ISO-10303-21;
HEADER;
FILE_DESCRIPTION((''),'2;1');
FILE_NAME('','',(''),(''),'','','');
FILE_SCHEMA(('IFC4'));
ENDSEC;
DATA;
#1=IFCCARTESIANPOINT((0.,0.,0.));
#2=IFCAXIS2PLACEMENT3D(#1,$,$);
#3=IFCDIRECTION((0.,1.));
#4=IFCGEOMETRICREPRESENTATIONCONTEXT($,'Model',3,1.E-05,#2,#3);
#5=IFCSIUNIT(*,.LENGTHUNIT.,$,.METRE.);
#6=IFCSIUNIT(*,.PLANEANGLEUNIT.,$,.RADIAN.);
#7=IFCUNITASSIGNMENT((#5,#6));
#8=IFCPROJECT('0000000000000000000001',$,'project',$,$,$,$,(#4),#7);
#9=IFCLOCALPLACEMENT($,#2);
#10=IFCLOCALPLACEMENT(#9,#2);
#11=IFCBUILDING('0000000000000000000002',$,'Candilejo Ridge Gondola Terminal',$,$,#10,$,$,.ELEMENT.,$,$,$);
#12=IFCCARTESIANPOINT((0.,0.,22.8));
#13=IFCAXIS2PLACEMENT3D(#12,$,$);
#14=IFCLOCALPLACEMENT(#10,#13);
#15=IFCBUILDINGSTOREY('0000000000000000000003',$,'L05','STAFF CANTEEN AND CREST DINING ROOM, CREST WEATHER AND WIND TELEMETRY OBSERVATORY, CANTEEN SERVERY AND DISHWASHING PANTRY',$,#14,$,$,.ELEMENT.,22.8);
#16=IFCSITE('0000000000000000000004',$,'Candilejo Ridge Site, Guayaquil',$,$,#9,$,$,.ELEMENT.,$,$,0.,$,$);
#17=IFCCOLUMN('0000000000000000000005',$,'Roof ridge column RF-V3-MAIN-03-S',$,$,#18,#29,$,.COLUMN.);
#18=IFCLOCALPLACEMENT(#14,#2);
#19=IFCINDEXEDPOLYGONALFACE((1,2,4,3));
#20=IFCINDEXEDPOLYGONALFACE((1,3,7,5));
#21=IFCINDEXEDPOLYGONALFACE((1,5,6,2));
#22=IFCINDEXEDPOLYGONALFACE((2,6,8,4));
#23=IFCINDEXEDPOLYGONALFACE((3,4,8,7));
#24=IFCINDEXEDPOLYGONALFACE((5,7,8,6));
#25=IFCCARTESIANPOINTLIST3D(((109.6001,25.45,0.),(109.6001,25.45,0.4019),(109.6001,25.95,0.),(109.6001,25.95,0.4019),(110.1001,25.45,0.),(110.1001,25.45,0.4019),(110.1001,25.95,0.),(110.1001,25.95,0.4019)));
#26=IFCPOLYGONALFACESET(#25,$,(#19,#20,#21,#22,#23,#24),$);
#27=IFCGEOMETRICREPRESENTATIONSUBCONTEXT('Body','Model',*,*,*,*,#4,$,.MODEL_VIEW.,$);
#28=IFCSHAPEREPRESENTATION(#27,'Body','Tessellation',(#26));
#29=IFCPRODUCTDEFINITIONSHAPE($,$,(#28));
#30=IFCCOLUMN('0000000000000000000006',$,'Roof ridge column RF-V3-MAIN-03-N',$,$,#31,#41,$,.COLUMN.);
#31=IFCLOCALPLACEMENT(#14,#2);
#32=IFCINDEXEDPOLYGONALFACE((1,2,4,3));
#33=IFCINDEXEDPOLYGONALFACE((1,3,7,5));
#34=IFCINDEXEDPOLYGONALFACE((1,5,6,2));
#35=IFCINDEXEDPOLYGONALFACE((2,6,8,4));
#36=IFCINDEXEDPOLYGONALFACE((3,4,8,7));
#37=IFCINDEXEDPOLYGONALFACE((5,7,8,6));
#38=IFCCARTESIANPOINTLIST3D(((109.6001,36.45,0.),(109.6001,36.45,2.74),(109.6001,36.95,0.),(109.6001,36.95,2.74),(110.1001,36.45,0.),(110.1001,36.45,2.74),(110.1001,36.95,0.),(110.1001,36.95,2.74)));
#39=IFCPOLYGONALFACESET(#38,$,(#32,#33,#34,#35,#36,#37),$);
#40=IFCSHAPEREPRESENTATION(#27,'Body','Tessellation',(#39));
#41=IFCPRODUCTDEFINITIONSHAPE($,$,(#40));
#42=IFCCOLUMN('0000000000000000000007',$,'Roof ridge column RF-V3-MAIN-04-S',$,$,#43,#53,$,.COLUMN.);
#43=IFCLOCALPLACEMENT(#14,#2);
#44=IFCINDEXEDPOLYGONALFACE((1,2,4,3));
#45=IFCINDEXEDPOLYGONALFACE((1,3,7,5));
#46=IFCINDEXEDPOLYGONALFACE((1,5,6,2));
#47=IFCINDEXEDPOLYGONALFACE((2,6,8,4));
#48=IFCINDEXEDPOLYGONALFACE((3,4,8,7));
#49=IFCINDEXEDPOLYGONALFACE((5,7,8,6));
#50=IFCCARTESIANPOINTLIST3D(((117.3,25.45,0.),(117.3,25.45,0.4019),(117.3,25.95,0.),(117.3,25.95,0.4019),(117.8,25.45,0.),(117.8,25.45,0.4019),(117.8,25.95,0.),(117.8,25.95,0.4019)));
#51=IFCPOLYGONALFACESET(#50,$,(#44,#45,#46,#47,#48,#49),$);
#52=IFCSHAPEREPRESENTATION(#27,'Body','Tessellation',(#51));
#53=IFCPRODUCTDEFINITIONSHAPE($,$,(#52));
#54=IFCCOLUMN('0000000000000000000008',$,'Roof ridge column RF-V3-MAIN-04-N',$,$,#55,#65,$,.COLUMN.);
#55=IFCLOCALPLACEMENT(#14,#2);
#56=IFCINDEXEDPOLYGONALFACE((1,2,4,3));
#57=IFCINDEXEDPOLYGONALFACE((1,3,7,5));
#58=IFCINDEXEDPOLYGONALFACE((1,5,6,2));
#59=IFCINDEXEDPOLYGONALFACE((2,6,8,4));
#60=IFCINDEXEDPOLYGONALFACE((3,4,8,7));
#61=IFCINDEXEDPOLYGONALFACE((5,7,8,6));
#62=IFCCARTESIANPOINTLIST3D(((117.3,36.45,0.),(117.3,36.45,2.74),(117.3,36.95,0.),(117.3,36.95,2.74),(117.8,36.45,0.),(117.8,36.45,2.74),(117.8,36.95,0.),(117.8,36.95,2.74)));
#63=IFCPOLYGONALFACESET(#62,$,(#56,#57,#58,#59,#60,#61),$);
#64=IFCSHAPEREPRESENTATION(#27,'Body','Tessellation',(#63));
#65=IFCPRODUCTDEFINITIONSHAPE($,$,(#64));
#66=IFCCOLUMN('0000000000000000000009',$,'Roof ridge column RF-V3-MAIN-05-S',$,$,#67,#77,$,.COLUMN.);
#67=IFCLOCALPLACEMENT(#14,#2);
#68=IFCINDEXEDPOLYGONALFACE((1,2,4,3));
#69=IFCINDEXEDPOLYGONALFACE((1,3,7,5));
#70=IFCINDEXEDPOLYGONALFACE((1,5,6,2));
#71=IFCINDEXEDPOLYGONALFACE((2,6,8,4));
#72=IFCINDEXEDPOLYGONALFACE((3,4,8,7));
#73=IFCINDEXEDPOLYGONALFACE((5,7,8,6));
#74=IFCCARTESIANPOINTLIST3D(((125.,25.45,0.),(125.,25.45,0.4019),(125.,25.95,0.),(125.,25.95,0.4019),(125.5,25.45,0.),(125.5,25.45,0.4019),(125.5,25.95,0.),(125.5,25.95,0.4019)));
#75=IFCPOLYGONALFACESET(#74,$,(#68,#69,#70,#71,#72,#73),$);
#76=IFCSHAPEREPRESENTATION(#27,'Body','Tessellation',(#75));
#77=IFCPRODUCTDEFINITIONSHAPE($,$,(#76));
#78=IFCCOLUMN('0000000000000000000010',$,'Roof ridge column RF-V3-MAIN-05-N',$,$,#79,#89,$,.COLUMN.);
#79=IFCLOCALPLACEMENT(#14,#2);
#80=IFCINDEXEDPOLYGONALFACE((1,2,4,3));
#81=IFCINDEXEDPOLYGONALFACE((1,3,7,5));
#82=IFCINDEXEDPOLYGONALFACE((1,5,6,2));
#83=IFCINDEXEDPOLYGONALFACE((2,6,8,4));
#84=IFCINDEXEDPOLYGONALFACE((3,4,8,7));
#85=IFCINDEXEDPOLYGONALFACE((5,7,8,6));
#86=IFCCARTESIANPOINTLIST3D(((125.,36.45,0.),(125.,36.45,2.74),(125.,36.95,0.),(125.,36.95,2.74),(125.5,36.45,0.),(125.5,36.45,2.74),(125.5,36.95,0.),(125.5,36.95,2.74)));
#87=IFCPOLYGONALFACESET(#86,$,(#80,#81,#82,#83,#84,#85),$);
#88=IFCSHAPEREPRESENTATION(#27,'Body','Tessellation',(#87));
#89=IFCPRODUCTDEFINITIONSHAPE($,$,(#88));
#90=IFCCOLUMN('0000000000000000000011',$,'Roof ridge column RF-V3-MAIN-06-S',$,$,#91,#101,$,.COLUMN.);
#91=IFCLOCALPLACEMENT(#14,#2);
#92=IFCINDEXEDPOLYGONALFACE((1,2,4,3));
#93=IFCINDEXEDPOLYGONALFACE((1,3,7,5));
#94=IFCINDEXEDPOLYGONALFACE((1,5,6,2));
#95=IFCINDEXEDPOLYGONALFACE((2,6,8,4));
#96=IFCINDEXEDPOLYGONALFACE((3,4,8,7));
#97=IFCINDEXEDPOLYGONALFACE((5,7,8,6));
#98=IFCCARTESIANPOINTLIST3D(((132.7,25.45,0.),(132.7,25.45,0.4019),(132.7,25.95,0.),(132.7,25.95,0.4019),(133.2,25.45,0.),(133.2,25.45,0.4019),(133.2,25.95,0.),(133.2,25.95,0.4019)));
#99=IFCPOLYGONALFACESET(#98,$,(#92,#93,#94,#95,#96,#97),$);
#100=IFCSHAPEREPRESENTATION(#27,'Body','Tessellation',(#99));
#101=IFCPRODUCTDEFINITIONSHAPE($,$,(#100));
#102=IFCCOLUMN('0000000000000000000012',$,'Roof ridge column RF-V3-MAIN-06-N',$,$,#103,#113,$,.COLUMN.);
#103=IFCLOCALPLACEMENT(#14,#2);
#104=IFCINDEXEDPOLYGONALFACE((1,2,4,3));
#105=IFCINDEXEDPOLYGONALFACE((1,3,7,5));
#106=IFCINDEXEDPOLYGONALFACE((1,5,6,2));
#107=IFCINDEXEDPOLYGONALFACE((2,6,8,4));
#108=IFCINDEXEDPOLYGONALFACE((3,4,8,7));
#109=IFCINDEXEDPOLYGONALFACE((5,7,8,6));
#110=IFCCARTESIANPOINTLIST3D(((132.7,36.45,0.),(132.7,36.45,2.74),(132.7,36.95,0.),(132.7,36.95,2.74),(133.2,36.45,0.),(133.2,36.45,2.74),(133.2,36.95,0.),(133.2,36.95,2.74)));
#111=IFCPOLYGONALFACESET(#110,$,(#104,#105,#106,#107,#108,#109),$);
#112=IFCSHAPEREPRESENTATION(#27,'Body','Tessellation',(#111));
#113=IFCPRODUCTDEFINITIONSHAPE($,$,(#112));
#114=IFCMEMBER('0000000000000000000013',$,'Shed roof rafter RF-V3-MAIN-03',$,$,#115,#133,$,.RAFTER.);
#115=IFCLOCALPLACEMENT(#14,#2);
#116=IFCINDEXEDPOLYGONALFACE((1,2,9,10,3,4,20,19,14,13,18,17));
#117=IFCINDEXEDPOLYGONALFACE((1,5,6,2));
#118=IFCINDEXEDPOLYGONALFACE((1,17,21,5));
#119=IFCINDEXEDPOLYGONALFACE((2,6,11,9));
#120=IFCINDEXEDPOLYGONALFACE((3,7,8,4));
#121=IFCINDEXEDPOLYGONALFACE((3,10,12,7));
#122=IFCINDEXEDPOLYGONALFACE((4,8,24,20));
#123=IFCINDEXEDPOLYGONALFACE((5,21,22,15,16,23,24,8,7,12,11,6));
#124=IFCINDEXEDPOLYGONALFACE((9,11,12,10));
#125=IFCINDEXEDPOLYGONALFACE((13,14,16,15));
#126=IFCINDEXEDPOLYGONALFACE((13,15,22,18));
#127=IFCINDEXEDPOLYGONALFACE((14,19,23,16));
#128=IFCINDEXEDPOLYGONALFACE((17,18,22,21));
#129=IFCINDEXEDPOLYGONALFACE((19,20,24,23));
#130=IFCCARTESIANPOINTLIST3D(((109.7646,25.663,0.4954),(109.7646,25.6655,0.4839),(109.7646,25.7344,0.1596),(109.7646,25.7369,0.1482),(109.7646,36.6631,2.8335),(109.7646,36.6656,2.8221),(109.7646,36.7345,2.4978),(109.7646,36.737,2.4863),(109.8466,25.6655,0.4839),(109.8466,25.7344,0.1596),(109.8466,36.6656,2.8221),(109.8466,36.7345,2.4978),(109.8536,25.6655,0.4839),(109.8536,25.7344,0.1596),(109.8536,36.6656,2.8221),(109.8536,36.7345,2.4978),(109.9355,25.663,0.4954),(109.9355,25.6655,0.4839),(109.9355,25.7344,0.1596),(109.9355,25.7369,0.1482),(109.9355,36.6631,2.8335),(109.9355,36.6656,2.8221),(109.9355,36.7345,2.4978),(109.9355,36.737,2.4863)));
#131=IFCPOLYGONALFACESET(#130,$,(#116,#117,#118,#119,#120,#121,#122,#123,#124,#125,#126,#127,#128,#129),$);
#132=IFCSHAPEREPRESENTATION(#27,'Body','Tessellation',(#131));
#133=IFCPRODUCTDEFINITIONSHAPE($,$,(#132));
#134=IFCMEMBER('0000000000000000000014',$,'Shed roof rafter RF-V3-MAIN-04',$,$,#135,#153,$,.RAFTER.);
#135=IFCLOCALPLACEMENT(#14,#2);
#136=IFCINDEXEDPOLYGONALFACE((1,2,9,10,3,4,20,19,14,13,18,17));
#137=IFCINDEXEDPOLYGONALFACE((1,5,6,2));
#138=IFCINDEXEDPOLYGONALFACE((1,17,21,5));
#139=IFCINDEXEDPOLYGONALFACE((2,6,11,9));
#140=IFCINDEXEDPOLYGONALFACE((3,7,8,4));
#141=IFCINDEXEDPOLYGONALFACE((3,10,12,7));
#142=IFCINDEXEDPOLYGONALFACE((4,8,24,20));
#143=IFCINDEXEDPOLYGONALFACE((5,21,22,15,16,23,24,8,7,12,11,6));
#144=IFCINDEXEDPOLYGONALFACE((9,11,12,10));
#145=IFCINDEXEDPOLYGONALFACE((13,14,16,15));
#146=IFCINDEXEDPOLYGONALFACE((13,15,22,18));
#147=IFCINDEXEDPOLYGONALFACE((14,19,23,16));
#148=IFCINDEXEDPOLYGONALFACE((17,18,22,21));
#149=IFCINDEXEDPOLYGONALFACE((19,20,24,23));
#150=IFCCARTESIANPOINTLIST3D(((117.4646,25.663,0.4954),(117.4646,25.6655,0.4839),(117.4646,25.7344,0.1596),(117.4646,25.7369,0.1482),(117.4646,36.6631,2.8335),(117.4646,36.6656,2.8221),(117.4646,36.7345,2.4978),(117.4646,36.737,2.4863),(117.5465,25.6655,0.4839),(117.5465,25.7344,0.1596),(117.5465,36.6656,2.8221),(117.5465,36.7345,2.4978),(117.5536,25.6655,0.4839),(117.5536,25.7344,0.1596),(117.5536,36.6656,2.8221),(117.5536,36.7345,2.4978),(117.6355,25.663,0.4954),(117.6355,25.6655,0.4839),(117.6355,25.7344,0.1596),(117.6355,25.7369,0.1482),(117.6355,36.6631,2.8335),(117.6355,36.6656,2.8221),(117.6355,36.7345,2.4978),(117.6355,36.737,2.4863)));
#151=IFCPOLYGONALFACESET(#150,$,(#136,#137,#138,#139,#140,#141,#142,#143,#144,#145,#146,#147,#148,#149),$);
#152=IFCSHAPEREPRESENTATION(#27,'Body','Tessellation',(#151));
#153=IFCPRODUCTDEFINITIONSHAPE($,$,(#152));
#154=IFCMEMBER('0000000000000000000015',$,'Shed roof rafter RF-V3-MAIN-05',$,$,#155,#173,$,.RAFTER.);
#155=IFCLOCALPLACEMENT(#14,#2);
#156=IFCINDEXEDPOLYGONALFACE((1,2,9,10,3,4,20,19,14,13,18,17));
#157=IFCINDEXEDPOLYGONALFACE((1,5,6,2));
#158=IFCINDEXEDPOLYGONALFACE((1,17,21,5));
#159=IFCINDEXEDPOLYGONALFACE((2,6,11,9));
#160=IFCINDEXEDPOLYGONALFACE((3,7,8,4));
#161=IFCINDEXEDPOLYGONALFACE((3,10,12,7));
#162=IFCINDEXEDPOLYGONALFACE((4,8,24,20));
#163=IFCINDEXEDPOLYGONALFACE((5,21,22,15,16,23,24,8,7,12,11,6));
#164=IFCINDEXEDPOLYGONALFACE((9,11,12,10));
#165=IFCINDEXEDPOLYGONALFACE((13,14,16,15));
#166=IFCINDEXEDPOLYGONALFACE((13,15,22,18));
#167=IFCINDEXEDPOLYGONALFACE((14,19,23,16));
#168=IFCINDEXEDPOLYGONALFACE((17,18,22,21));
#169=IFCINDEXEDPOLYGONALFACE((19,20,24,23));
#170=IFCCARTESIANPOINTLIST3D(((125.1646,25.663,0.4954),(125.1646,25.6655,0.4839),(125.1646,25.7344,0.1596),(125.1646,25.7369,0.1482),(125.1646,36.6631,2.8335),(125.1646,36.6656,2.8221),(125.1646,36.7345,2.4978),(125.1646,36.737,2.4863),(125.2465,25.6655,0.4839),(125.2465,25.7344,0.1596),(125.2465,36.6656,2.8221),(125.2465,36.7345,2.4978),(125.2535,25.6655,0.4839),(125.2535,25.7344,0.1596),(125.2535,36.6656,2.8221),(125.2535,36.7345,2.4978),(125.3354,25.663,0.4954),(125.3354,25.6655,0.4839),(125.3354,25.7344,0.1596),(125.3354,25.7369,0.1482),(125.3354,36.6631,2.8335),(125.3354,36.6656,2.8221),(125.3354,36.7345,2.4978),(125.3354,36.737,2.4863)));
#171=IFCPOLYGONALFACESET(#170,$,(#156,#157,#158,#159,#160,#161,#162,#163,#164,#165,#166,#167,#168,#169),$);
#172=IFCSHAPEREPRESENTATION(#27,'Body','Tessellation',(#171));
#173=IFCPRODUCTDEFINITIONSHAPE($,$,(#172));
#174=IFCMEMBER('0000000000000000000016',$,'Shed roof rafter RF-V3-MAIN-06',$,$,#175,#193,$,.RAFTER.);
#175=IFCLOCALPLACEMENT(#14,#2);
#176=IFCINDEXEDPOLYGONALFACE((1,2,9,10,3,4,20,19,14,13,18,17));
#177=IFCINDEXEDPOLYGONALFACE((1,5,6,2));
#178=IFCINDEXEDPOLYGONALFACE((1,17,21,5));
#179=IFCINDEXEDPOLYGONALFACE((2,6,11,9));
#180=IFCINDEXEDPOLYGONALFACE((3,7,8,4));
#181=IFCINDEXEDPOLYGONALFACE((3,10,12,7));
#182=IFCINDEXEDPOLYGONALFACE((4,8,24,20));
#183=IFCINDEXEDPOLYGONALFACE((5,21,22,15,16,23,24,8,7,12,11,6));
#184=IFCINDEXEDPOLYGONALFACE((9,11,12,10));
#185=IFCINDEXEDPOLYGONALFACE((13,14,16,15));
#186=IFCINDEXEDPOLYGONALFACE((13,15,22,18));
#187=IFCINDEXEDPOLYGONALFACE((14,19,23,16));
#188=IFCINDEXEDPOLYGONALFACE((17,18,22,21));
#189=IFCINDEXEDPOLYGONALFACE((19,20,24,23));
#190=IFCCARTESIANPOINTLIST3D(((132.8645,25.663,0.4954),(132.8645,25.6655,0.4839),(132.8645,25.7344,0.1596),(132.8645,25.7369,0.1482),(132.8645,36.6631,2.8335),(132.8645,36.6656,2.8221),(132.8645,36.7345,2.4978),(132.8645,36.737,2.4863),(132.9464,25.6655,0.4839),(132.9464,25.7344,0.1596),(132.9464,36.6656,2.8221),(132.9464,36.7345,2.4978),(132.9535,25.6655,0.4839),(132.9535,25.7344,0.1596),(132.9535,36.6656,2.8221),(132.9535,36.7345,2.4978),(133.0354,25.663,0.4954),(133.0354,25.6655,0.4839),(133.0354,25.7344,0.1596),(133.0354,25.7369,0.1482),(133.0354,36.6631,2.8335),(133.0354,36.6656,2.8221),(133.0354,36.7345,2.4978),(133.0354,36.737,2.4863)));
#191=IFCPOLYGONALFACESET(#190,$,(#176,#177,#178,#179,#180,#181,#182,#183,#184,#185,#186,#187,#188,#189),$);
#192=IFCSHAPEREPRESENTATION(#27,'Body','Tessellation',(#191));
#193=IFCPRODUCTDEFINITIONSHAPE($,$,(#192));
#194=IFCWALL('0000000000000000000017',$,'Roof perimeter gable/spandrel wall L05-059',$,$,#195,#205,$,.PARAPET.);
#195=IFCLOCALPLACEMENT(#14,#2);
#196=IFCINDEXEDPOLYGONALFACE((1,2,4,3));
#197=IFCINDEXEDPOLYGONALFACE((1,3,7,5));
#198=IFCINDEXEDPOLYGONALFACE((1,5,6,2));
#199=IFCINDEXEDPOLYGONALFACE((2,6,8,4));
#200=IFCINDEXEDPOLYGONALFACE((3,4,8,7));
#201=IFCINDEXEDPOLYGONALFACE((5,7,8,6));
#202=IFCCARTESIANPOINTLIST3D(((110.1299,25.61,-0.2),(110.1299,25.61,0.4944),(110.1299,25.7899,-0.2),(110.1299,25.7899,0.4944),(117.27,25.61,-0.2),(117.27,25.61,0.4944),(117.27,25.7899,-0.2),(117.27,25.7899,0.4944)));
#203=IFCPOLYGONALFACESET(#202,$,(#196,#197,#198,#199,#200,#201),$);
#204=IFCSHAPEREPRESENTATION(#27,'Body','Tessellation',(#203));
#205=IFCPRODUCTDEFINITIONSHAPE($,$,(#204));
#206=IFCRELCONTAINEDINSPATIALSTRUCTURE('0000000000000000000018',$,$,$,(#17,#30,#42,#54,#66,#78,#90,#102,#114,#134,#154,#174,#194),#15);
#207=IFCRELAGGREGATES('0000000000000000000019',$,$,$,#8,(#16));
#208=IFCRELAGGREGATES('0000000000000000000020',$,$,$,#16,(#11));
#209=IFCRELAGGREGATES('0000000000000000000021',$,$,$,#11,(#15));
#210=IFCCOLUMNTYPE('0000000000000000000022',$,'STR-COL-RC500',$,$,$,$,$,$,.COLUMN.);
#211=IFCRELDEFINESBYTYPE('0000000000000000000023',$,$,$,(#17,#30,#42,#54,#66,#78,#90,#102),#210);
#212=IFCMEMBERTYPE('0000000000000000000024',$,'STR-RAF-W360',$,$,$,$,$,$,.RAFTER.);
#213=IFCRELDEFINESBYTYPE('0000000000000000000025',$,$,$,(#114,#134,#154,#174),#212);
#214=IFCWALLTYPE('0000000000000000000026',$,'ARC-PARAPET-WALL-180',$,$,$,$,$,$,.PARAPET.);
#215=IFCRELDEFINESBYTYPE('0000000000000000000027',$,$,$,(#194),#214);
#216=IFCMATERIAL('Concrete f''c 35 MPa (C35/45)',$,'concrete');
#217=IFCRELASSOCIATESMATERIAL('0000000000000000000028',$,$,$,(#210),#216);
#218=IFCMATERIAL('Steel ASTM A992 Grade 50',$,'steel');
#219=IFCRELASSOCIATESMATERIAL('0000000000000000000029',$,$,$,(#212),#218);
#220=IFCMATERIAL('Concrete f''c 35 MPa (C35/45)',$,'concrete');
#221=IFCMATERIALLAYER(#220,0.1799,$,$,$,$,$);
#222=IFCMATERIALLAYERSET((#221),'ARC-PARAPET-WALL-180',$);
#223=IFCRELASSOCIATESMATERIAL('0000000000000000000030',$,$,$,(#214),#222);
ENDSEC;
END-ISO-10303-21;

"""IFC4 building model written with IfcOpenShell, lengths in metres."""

from ifc_helpers import new_model, si_unit, direction, frame, frame_2d, origin, origin_2d, place, context, subcontext, project, spatial, rectangle, i_section, extrude, material, layer, layer_set, material_profile, profile_set, type_object, element, save


model = new_model("IFC4")

# Units and contexts
model_context = context("Model", 3, precision=1e-05, world=origin(), true_north=direction((0.0, 1.0)))
body_context = subcontext(model_context, "Body", "Model", "MODEL_VIEW")
ifc_project = project(units=[si_unit("LENGTHUNIT", "METRE"), si_unit("PLANEANGLEUNIT", "RADIAN")], contexts=[model_context])

# Site, building, storey
site_placement = place(None, origin())
site = spatial("IfcSite", under=ifc_project, at=site_placement, Name="Candilejo Ridge Site, Guayaquil", CompositionType="ELEMENT", RefElevation=0.0)
building_placement = place(site_placement, origin())
building = spatial("IfcBuilding", under=site, at=building_placement, Name="Candilejo Ridge Gondola Terminal", CompositionType="ELEMENT")
storey_placement = place(building_placement, frame((0.0, 0.0, 22.8)))
storey = spatial("IfcBuildingStorey", under=building, at=storey_placement, Name="L05", Description="STAFF CANTEEN AND CREST DINING ROOM, CREST WEATHER AND WIND TELEMETRY OBSERVATORY, CANTEEN SERVERY AND DISHWASHING PANTRY", CompositionType="ELEMENT", Elevation=22.8)

# Columns
ifc_material_1 = material(Name="Concrete f'c 35 MPa (C35/45)", Category="concrete")
ifc_material_profile_1 = material_profile(ifc_material_1, rectangle(XDim=0.5, YDim=0.5, at=origin_2d()))
ifc_profile_set_1 = profile_set([ifc_material_profile_1], Name="Concrete f'c 35 MPa (C35/45)")
column_type = type_object("IfcColumnType", Name="STR-COL-RC500", PredefinedType="COLUMN", material=ifc_profile_set_1)
column_1_placement = place(storey_placement, frame((109.8501, 25.7, 0.0), z_axis=(0.0, 0.0, 1.0), x_axis=(1.0, 0.0, 0.0)))
element("IfcColumn", 1, at=column_1_placement, inside=storey, type_object=column_type, Name="Roof ridge column RF-V3-MAIN-03-S", PredefinedType="COLUMN", context=body_context, shape_type="SweptSolid", body=[
    extrude(rectangle(XDim=0.5, YDim=0.5, at=origin_2d()), origin(), (0.0, 0.0, 1.0), 0.4019),
])
column_2_placement = place(storey_placement, frame((109.8501, 36.7, 0.0), z_axis=(0.0, 0.0, 1.0), x_axis=(1.0, 0.0, 0.0)))
element("IfcColumn", 2, at=column_2_placement, inside=storey, type_object=column_type, Name="Roof ridge column RF-V3-MAIN-03-N", PredefinedType="COLUMN", context=body_context, shape_type="SweptSolid", body=[
    extrude(rectangle(XDim=0.5, YDim=0.5, at=origin_2d()), origin(), (0.0, 0.0, 1.0), 2.74),
])
column_3_placement = place(storey_placement, frame((117.55, 25.7, 0.0), z_axis=(0.0, 0.0, 1.0), x_axis=(1.0, 0.0, 0.0)))
element("IfcColumn", 3, at=column_3_placement, inside=storey, type_object=column_type, Name="Roof ridge column RF-V3-MAIN-04-S", PredefinedType="COLUMN", context=body_context, shape_type="SweptSolid", body=[
    extrude(rectangle(XDim=0.5, YDim=0.5, at=origin_2d()), origin(), (0.0, 0.0, 1.0), 0.4019),
])
column_4_placement = place(storey_placement, frame((117.55, 36.7, 0.0), z_axis=(0.0, 0.0, 1.0), x_axis=(1.0, 0.0, 0.0)))
element("IfcColumn", 4, at=column_4_placement, inside=storey, type_object=column_type, Name="Roof ridge column RF-V3-MAIN-04-N", PredefinedType="COLUMN", context=body_context, shape_type="SweptSolid", body=[
    extrude(rectangle(XDim=0.5, YDim=0.5, at=origin_2d()), origin(), (0.0, 0.0, 1.0), 2.74),
])
column_5_placement = place(storey_placement, frame((125.25, 25.7, 0.0), z_axis=(0.0, 0.0, 1.0), x_axis=(1.0, 0.0, 0.0)))
element("IfcColumn", 5, at=column_5_placement, inside=storey, type_object=column_type, Name="Roof ridge column RF-V3-MAIN-05-S", PredefinedType="COLUMN", context=body_context, shape_type="SweptSolid", body=[
    extrude(rectangle(XDim=0.5, YDim=0.5, at=origin_2d()), origin(), (0.0, 0.0, 1.0), 0.4019),
])
column_6_placement = place(storey_placement, frame((125.25, 36.7, 0.0), z_axis=(0.0, 0.0, 1.0), x_axis=(1.0, 0.0, 0.0)))
element("IfcColumn", 6, at=column_6_placement, inside=storey, type_object=column_type, Name="Roof ridge column RF-V3-MAIN-05-N", PredefinedType="COLUMN", context=body_context, shape_type="SweptSolid", body=[
    extrude(rectangle(XDim=0.5, YDim=0.5, at=origin_2d()), origin(), (0.0, 0.0, 1.0), 2.74),
])
column_7_placement = place(storey_placement, frame((132.95, 25.7, 0.0), z_axis=(0.0, 0.0, 1.0), x_axis=(1.0, 0.0, 0.0)))
element("IfcColumn", 7, at=column_7_placement, inside=storey, type_object=column_type, Name="Roof ridge column RF-V3-MAIN-06-S", PredefinedType="COLUMN", context=body_context, shape_type="SweptSolid", body=[
    extrude(rectangle(XDim=0.5, YDim=0.5, at=origin_2d()), origin(), (0.0, 0.0, 1.0), 0.4019),
])
column_8_placement = place(storey_placement, frame((132.95, 36.7, 0.0), z_axis=(0.0, 0.0, 1.0), x_axis=(1.0, 0.0, 0.0)))
element("IfcColumn", 8, at=column_8_placement, inside=storey, type_object=column_type, Name="Roof ridge column RF-V3-MAIN-06-N", PredefinedType="COLUMN", context=body_context, shape_type="SweptSolid", body=[
    extrude(rectangle(XDim=0.5, YDim=0.5, at=origin_2d()), origin(), (0.0, 0.0, 1.0), 2.74),
])

# Members
ifc_material_2 = material(Name="Steel ASTM A992 Grade 50", Category="steel")
ifc_material_profile_2 = material_profile(ifc_material_2, i_section(OverallWidth=0.1709, OverallDepth=0.355, WebThickness=0.0071, FlangeThickness=0.0117, at=origin_2d()))
ifc_profile_set_2 = profile_set([ifc_material_profile_2], Name="Steel ASTM A992 Grade 50")
member_type = type_object("IfcMemberType", Name="STR-RAF-W360", PredefinedType="RAFTER", material=ifc_profile_set_2)
for number, where, z_axis, x_axis, name in (
    (9, (109.8501, 25.7, 0.3218), (0.0, 0.978147, 0.207913), (-1.0, 0.0, 0.0), "Shed roof rafter RF-V3-MAIN-03"),
    (10, (117.55, 25.7, 0.3218), (0.0, 0.978147, 0.207913), (-1.0, 0.0, 0.0), "Shed roof rafter RF-V3-MAIN-04"),
    (11, (125.25, 25.7, 0.3218), (0.0, 0.978147, 0.207913), (-1.0, 0.0, 0.0), "Shed roof rafter RF-V3-MAIN-05"),
    (12, (132.95, 25.7, 0.3218), (0.0, 0.978147, 0.207913), (-1.0, 0.0, 0.0), "Shed roof rafter RF-V3-MAIN-06"),
):
    element("IfcMember", number, at=place(storey_placement, frame(where, z_axis=z_axis, x_axis=x_axis)), inside=storey, type_object=member_type, Name=name, PredefinedType="RAFTER", context=body_context, shape_type="SweptSolid", body=[
        extrude(i_section(OverallWidth=0.1709, OverallDepth=0.355, WebThickness=0.0071, FlangeThickness=0.0117, at=origin_2d()), origin(), (0.0, 0.0, 1.0), 11.2458),
    ])

# Wall
ifc_material_3 = material(Name="Concrete f'c 35 MPa (C35/45)", Category="concrete")
ifc_layer = layer(ifc_material_3, 0.1799)
ifc_layer_set = layer_set([ifc_layer], Name="ARC-PARAPET-WALL-180")
wall_type = type_object("IfcWallType", Name="ARC-PARAPET-WALL-180", PredefinedType="PARAPET", material=ifc_layer_set)
wall_1_placement = place(storey_placement, frame((110.1299, 25.7, -0.2), z_axis=(0.0, 0.0, 1.0), x_axis=(1.0, 0.0, 0.0)))
element("IfcWall", 13, at=wall_1_placement, inside=storey, type_object=wall_type, Name="Roof perimeter gable/spandrel wall L05-059", PredefinedType="PARAPET", context=body_context, shape_type="SweptSolid", body=[
    extrude(rectangle(XDim=7.1401, YDim=0.1799, at=frame_2d((3.5701, 0.0))), origin(), (0.0, 0.0, 1.0), 0.6943),
])

save(model, "model.ifc")
